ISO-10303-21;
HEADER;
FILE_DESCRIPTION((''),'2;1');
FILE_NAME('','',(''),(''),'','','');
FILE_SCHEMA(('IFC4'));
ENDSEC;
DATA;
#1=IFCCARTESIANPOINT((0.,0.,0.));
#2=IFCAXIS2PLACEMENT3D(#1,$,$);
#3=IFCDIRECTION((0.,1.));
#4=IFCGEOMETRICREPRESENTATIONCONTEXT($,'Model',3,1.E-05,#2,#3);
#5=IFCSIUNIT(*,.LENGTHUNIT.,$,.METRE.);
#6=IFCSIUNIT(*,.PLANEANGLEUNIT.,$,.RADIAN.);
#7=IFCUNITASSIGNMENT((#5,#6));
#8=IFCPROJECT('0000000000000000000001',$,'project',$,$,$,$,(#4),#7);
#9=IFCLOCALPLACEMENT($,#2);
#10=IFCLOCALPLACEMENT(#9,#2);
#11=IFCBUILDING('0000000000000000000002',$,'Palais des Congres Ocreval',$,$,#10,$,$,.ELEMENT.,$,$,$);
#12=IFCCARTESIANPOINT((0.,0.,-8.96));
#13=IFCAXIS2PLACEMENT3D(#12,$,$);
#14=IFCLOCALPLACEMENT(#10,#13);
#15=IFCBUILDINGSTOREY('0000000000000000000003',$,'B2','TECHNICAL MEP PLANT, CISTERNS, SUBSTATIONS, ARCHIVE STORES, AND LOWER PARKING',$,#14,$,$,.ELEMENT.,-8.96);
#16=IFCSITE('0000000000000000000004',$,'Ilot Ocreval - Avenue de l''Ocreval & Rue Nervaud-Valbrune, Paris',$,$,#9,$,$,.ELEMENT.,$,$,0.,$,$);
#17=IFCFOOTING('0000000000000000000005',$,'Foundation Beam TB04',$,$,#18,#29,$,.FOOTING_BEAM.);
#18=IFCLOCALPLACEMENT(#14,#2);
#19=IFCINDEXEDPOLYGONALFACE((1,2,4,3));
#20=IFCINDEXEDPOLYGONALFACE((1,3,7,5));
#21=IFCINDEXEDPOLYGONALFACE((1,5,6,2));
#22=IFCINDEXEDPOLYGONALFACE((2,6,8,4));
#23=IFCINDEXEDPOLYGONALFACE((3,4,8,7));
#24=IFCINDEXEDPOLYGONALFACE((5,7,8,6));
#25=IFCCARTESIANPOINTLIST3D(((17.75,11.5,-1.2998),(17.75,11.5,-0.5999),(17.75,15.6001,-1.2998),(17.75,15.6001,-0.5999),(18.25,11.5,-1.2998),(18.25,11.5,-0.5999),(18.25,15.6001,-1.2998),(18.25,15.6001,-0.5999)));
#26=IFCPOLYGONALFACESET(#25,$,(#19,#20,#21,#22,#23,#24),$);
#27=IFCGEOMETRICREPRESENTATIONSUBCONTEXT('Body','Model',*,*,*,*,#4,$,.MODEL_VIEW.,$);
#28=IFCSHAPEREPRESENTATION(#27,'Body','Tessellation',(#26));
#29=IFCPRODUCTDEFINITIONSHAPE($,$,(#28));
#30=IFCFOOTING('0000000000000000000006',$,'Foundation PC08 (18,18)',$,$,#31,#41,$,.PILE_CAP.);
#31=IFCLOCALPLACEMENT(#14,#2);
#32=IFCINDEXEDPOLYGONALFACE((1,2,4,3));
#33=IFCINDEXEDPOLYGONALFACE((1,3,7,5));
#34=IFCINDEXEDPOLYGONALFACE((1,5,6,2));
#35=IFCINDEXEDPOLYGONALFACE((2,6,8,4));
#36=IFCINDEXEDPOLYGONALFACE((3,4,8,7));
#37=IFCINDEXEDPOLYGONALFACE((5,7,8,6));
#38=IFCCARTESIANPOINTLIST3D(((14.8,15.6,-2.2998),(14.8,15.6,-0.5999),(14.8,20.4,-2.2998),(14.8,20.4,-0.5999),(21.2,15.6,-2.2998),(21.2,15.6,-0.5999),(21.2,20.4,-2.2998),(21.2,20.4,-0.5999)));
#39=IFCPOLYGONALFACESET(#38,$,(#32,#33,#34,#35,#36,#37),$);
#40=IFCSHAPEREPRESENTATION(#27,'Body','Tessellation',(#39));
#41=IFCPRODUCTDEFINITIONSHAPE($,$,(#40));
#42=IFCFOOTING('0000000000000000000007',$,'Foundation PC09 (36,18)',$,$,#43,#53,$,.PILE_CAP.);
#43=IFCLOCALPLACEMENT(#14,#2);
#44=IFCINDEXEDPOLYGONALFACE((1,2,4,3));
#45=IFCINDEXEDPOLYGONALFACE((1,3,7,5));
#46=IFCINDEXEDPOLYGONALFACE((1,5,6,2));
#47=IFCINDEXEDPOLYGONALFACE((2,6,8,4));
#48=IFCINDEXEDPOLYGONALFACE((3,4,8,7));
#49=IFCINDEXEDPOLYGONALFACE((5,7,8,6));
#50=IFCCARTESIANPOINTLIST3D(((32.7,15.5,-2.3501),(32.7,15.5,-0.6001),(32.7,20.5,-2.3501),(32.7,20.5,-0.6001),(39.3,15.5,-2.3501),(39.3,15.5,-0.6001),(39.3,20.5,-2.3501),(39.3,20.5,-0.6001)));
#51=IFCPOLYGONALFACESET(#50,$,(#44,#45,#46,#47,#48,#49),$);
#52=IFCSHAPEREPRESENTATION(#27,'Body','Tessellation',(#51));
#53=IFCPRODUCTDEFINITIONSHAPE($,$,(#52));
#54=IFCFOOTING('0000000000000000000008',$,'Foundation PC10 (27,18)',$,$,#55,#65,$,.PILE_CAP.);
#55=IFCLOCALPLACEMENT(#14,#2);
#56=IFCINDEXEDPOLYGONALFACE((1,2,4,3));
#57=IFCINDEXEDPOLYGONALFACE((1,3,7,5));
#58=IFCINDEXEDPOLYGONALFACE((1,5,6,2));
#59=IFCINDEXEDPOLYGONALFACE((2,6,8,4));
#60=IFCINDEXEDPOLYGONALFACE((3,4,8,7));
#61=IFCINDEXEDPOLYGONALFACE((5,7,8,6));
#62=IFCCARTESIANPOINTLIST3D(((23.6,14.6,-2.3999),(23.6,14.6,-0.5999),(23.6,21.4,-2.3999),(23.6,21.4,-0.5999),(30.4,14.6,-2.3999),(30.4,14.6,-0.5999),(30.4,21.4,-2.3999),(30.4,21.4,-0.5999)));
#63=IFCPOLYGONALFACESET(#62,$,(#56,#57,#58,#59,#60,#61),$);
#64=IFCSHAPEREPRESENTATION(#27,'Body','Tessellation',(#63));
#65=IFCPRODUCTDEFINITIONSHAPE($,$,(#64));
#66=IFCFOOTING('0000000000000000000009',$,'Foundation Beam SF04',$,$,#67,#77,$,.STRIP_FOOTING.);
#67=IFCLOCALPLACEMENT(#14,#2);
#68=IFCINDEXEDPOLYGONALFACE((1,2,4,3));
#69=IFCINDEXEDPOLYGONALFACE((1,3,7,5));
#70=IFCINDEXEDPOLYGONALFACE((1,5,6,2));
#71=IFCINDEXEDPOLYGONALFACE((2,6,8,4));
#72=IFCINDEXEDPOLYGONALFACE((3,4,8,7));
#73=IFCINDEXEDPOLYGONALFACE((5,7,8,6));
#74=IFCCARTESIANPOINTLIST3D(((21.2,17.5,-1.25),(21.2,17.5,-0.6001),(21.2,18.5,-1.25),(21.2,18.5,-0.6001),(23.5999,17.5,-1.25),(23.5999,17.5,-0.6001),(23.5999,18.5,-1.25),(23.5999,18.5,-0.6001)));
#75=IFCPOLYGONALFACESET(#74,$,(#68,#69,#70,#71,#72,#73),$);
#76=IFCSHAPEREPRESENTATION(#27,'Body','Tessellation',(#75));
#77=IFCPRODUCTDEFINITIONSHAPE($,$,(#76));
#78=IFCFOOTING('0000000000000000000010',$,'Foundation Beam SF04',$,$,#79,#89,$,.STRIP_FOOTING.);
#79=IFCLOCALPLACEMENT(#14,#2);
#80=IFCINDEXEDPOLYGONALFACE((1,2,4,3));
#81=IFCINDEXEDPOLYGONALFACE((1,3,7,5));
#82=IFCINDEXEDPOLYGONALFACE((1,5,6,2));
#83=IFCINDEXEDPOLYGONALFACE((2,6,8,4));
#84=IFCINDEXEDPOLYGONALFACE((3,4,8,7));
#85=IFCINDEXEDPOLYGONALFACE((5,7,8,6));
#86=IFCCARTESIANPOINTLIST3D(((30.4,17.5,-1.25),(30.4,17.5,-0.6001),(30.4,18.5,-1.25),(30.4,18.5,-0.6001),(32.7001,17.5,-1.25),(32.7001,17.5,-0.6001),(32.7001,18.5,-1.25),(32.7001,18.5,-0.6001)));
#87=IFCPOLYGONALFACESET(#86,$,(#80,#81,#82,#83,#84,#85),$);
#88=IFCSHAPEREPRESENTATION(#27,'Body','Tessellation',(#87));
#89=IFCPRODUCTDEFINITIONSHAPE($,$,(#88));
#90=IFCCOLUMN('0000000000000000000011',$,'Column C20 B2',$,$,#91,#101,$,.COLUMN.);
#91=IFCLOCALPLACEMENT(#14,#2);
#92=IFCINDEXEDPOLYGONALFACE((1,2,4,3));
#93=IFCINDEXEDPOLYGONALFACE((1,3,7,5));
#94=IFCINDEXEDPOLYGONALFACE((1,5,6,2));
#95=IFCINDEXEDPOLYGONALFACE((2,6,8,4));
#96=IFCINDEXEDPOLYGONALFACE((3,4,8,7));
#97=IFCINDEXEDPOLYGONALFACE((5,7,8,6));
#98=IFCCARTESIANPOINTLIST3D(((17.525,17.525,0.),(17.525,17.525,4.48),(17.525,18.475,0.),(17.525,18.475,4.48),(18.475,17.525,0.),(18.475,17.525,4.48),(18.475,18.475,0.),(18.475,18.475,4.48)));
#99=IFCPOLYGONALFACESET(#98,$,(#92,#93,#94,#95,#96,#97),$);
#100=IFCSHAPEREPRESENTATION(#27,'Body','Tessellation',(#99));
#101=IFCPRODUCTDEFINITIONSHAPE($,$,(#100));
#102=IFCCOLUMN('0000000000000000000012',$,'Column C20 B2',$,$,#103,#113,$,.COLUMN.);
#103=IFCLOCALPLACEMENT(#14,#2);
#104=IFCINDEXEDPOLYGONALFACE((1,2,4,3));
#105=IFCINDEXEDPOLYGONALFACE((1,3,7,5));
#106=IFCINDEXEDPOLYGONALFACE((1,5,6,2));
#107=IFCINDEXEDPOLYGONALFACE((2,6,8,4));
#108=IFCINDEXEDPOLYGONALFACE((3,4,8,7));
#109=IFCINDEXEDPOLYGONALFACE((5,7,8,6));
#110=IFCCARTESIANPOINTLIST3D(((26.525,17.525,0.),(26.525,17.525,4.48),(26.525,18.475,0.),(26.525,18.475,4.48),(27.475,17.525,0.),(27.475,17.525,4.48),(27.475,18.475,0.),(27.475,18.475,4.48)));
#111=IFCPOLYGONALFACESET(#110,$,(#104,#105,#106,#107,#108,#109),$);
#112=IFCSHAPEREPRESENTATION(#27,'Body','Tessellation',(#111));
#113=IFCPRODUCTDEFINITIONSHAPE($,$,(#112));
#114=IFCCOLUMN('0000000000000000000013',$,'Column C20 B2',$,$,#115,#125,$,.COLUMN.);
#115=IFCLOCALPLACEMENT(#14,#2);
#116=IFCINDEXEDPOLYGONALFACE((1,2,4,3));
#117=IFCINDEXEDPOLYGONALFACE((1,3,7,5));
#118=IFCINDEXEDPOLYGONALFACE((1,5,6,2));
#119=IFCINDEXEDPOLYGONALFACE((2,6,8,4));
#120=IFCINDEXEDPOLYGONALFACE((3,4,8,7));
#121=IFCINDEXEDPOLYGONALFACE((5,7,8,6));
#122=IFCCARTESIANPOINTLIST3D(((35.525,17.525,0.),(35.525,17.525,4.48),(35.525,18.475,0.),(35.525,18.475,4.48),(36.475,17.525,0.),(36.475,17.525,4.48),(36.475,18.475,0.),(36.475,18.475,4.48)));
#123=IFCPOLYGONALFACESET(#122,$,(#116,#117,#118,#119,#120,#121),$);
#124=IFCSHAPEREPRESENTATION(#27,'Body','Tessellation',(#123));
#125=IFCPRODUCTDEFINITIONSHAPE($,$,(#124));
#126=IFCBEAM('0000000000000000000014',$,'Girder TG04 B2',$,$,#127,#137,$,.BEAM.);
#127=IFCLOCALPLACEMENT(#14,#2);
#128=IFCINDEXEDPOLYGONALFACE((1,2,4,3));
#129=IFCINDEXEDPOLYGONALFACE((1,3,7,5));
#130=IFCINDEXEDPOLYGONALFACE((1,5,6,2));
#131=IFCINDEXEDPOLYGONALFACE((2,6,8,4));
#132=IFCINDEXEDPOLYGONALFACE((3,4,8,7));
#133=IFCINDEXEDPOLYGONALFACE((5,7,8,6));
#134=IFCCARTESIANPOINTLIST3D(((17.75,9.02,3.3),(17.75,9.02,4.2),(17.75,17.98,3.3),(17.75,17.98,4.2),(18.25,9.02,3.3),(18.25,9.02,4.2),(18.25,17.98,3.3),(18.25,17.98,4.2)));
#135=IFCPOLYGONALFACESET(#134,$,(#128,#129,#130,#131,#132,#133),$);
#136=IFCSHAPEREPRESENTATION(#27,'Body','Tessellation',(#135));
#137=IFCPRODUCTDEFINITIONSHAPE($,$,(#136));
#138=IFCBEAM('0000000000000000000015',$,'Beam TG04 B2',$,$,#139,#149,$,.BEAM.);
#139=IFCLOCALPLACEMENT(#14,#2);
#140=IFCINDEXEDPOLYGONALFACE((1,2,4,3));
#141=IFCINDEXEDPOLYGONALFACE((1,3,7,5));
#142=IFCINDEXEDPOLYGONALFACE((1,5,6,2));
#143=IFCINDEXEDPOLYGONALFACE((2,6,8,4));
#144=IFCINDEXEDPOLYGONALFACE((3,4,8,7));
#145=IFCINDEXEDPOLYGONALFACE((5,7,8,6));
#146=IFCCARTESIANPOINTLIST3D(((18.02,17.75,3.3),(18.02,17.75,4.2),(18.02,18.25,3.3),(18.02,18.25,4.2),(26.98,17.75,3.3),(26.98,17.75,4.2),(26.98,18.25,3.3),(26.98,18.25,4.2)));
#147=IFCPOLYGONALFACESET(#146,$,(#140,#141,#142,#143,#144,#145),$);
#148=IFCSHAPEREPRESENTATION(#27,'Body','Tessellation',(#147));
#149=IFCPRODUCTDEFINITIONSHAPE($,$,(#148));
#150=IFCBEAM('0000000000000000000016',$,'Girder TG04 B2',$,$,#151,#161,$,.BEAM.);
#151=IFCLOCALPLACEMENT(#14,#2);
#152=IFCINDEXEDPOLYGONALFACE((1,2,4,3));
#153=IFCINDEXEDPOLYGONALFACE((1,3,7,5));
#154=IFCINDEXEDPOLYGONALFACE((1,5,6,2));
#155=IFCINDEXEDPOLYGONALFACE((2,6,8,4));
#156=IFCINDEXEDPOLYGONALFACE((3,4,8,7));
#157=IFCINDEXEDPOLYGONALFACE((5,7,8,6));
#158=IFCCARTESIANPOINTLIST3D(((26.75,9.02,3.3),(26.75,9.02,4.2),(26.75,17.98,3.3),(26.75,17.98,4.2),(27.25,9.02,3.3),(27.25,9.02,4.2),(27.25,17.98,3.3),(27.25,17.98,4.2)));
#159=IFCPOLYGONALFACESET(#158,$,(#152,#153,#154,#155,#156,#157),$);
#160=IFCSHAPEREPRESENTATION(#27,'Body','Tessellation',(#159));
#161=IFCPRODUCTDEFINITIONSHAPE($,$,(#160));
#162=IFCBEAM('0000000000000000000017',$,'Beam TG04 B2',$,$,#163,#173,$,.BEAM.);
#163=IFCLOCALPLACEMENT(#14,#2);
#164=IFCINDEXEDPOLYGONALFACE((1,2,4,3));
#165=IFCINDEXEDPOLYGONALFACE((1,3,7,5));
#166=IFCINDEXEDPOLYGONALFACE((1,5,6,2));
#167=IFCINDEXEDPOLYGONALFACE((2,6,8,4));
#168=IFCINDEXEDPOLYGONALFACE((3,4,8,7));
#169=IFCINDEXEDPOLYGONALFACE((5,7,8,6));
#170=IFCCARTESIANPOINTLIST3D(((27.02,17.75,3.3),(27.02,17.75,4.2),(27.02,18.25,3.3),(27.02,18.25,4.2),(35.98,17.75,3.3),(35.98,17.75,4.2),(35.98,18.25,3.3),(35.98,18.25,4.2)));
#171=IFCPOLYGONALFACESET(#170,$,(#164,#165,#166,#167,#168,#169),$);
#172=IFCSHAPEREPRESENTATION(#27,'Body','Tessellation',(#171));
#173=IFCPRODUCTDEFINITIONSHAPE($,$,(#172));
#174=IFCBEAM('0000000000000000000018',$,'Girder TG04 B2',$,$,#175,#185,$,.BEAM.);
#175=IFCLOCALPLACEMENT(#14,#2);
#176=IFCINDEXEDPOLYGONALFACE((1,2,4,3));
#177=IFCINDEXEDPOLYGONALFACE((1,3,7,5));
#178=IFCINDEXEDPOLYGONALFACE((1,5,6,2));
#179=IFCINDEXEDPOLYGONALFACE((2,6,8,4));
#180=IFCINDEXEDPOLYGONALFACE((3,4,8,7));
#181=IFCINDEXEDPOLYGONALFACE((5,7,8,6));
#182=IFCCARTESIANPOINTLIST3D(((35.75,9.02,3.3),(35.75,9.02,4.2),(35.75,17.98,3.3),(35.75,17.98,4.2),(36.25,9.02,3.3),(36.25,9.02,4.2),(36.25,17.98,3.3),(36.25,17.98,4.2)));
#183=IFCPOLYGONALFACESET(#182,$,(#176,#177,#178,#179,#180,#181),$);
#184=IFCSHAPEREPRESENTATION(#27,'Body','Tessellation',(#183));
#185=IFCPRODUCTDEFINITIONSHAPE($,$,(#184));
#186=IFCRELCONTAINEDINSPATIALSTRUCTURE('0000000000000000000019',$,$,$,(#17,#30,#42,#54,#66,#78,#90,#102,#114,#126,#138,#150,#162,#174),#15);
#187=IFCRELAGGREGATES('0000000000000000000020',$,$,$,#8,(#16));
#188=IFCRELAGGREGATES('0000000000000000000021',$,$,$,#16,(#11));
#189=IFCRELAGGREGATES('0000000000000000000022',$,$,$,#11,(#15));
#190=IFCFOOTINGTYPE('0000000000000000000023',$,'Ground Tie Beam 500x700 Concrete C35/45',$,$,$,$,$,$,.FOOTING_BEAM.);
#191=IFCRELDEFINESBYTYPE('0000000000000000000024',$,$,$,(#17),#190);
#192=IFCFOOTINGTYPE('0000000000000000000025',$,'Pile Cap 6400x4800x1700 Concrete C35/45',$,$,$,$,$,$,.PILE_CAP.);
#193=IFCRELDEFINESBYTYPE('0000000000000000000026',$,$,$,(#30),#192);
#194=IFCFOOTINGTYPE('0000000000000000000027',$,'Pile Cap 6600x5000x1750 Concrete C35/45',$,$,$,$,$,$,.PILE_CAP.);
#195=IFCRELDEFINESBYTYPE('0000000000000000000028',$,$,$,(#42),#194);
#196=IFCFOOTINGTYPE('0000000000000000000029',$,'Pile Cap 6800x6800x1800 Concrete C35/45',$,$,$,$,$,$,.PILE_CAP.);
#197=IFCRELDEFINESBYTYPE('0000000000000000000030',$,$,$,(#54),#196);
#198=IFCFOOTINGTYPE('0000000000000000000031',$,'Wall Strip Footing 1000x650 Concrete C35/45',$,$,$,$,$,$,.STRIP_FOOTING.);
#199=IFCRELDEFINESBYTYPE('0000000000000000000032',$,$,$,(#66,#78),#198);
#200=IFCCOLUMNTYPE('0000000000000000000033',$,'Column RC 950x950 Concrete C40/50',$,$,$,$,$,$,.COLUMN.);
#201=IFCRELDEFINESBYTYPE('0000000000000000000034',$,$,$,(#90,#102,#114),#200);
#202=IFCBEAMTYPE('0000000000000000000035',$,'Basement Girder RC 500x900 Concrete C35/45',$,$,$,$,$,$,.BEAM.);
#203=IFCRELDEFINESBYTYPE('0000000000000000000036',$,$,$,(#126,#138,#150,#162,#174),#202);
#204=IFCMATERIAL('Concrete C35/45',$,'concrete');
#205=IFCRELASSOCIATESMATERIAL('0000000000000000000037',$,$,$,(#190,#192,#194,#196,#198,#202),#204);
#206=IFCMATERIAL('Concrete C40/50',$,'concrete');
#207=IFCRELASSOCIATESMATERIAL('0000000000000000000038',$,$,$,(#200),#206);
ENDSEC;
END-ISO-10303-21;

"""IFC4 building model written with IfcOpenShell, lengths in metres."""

from ifc_helpers import new_model, si_unit, direction, frame, origin, origin_2d, place, context, subcontext, project, spatial, rectangle, extrude, material, material_profile, profile_set, type_object, element, save


model = new_model("IFC4")

# Units and contexts
model_context = context("Model", 3, precision=1e-05, world=origin(), true_north=direction((0.0, 1.0)))
body_context = subcontext(model_context, "Body", "Model", "MODEL_VIEW")
ifc_project = project(units=[si_unit("LENGTHUNIT", "METRE"), si_unit("PLANEANGLEUNIT", "RADIAN")], contexts=[model_context])

# Site, building, storey
site_placement = place(None, origin())
site = spatial("IfcSite", under=ifc_project, at=site_placement, Name="Ilot Ocreval - Avenue de l'Ocreval & Rue Nervaud-Valbrune, Paris", CompositionType="ELEMENT", RefElevation=0.0)
building_placement = place(site_placement, origin())
building = spatial("IfcBuilding", under=site, at=building_placement, Name="Palais des Congres Ocreval", CompositionType="ELEMENT")
storey_placement = place(building_placement, frame((0.0, 0.0, -8.96)))
storey = spatial("IfcBuildingStorey", under=building, at=storey_placement, Name="B2", Description="TECHNICAL MEP PLANT, CISTERNS, SUBSTATIONS, ARCHIVE STORES, AND LOWER PARKING", CompositionType="ELEMENT", Elevation=-8.96)

# Shared definitions
ifc_material_1 = material(Name="Concrete C35/45", Category="concrete")

# Footings
footing_type_1 = type_object("IfcFootingType", Name="Ground Tie Beam 500x700 Concrete C35/45", PredefinedType="FOOTING_BEAM", material=ifc_material_1)
footing_1_placement = place(storey_placement, frame((18.0, 13.55, -1.2998), z_axis=(0.0, 0.0, 1.0), x_axis=(0.0, 1.0, 0.0)))
element("IfcFooting", 1, at=footing_1_placement, inside=storey, type_object=footing_type_1, Name="Foundation Beam TB04", PredefinedType="FOOTING_BEAM", context=body_context, shape_type="SweptSolid", body=[
    extrude(rectangle(XDim=4.1001, YDim=0.5, at=origin_2d()), origin(), (0.0, 0.0, 1.0), 0.7),
])
footing_type_2 = type_object("IfcFootingType", Name="Pile Cap 6400x4800x1700 Concrete C35/45", PredefinedType="PILE_CAP", material=ifc_material_1)
footing_2_placement = place(storey_placement, frame((18.0, 18.0, -2.2998), z_axis=(0.0, 0.0, 1.0), x_axis=(1.0, 0.0, 0.0)))
element("IfcFooting", 2, at=footing_2_placement, inside=storey, type_object=footing_type_2, Name="Foundation PC08 (18,18)", PredefinedType="PILE_CAP", context=body_context, shape_type="SweptSolid", body=[
    extrude(rectangle(XDim=6.3999, YDim=4.8, at=origin_2d()), origin(), (0.0, 0.0, 1.0), 1.7),
])
footing_type_3 = type_object("IfcFootingType", Name="Pile Cap 6600x5000x1750 Concrete C35/45", PredefinedType="PILE_CAP", material=ifc_material_1)
footing_3_placement = place(storey_placement, frame((36.0, 18.0, -2.3501), z_axis=(0.0, 0.0, 1.0), x_axis=(1.0, 0.0, 0.0)))
element("IfcFooting", 3, at=footing_3_placement, inside=storey, type_object=footing_type_3, Name="Foundation PC09 (36,18)", PredefinedType="PILE_CAP", context=body_context, shape_type="SweptSolid", body=[
    extrude(rectangle(XDim=6.6001, YDim=5.0, at=origin_2d()), origin(), (0.0, 0.0, 1.0), 1.75),
])
footing_type_4 = type_object("IfcFootingType", Name="Pile Cap 6800x6800x1800 Concrete C35/45", PredefinedType="PILE_CAP", material=ifc_material_1)
footing_4_placement = place(storey_placement, frame((27.0, 18.0, -2.3999), z_axis=(0.0, 0.0, 1.0), x_axis=(1.0, 0.0, 0.0)))
element("IfcFooting", 4, at=footing_4_placement, inside=storey, type_object=footing_type_4, Name="Foundation PC10 (27,18)", PredefinedType="PILE_CAP", context=body_context, shape_type="SweptSolid", body=[
    extrude(rectangle(XDim=6.8, YDim=6.8, at=origin_2d()), origin(), (0.0, 0.0, 1.0), 1.8),
])
footing_type_5 = type_object("IfcFootingType", Name="Wall Strip Footing 1000x650 Concrete C35/45", PredefinedType="STRIP_FOOTING", material=ifc_material_1)
footing_5_placement = place(storey_placement, frame((22.3999, 18.0, -1.25), z_axis=(0.0, 0.0, 1.0), x_axis=(1.0, 0.0, 0.0)))
element("IfcFooting", 5, at=footing_5_placement, inside=storey, type_object=footing_type_5, Name="Foundation Beam SF04", PredefinedType="STRIP_FOOTING", context=body_context, shape_type="SweptSolid", body=[
    extrude(rectangle(XDim=2.3999, YDim=1.0, at=origin_2d()), origin(), (0.0, 0.0, 1.0), 0.6499),
])
footing_6_placement = place(storey_placement, frame((31.55, 18.0, -1.25), z_axis=(0.0, 0.0, 1.0), x_axis=(1.0, 0.0, 0.0)))
element("IfcFooting", 6, at=footing_6_placement, inside=storey, type_object=footing_type_5, Name="Foundation Beam SF04", PredefinedType="STRIP_FOOTING", context=body_context, shape_type="SweptSolid", body=[
    extrude(rectangle(XDim=2.3, YDim=1.0, at=origin_2d()), origin(), (0.0, 0.0, 1.0), 0.6499),
])

# Columns
ifc_material_2 = material(Name="Concrete C40/50", Category="concrete")
ifc_material_profile_1 = material_profile(ifc_material_2, rectangle(XDim=0.95, YDim=0.95, at=origin_2d()), Name="RC 950x950")
ifc_profile_set_1 = profile_set([ifc_material_profile_1], Name="Concrete C40/50")
column_type = type_object("IfcColumnType", Name="Column RC 950x950 Concrete C40/50", PredefinedType="COLUMN", material=ifc_profile_set_1)
for number, where, z_axis, x_axis, name in (
    (7, (18.0, 18.0, 0.0), (0.0, 0.0, 1.0), (1.0, 0.0, 0.0), "Column C20 B2"),
    (8, (27.0, 18.0, 0.0), (0.0, 0.0, 1.0), (1.0, 0.0, 0.0), "Column C20 B2"),
    (9, (36.0, 18.0, 0.0), (0.0, 0.0, 1.0), (1.0, 0.0, 0.0), "Column C20 B2"),
):
    element("IfcColumn", number, at=place(storey_placement, frame(where, z_axis=z_axis, x_axis=x_axis)), inside=storey, type_object=column_type, Name=name, PredefinedType="COLUMN", context=body_context, shape_type="SweptSolid", body=[
        extrude(rectangle(XDim=0.95, YDim=0.95, at=origin_2d()), origin(), (0.0, 0.0, 1.0), 4.48),
    ])

# Beams
ifc_material_profile_2 = material_profile(ifc_material_1, rectangle(XDim=0.5, YDim=0.8999, at=origin_2d()), Name="RC 500x900")
ifc_profile_set_2 = profile_set([ifc_material_profile_2], Name="Concrete C35/45")
beam_type = type_object("IfcBeamType", Name="Basement Girder RC 500x900 Concrete C35/45", PredefinedType="BEAM", material=ifc_profile_set_2)
for number, where, z_axis, x_axis, name in (
    (10, (18.0, 9.02, 3.75), (0.0, 1.0, 0.0), (-1.0, 0.0, 0.0), "Girder TG04 B2"),
    (11, (18.02, 18.0, 3.75), (1.0, 0.0, 0.0), (0.0, 1.0, 0.0), "Beam TG04 B2"),
    (12, (27.0, 9.02, 3.75), (0.0, 1.0, 0.0), (-1.0, 0.0, 0.0), "Girder TG04 B2"),
    (13, (27.02, 18.0, 3.75), (1.0, 0.0, 0.0), (0.0, 1.0, 0.0), "Beam TG04 B2"),
    (14, (36.0, 9.02, 3.75), (0.0, 1.0, 0.0), (-1.0, 0.0, 0.0), "Girder TG04 B2"),
):
    element("IfcBeam", number, at=place(storey_placement, frame(where, z_axis=z_axis, x_axis=x_axis)), inside=storey, type_object=beam_type, Name=name, PredefinedType="BEAM", context=body_context, shape_type="SweptSolid", body=[
        extrude(rectangle(XDim=0.5, YDim=0.8999, at=origin_2d()), origin(), (0.0, 0.0, 1.0), 8.96),
    ])

save(model, "model.ifc")
